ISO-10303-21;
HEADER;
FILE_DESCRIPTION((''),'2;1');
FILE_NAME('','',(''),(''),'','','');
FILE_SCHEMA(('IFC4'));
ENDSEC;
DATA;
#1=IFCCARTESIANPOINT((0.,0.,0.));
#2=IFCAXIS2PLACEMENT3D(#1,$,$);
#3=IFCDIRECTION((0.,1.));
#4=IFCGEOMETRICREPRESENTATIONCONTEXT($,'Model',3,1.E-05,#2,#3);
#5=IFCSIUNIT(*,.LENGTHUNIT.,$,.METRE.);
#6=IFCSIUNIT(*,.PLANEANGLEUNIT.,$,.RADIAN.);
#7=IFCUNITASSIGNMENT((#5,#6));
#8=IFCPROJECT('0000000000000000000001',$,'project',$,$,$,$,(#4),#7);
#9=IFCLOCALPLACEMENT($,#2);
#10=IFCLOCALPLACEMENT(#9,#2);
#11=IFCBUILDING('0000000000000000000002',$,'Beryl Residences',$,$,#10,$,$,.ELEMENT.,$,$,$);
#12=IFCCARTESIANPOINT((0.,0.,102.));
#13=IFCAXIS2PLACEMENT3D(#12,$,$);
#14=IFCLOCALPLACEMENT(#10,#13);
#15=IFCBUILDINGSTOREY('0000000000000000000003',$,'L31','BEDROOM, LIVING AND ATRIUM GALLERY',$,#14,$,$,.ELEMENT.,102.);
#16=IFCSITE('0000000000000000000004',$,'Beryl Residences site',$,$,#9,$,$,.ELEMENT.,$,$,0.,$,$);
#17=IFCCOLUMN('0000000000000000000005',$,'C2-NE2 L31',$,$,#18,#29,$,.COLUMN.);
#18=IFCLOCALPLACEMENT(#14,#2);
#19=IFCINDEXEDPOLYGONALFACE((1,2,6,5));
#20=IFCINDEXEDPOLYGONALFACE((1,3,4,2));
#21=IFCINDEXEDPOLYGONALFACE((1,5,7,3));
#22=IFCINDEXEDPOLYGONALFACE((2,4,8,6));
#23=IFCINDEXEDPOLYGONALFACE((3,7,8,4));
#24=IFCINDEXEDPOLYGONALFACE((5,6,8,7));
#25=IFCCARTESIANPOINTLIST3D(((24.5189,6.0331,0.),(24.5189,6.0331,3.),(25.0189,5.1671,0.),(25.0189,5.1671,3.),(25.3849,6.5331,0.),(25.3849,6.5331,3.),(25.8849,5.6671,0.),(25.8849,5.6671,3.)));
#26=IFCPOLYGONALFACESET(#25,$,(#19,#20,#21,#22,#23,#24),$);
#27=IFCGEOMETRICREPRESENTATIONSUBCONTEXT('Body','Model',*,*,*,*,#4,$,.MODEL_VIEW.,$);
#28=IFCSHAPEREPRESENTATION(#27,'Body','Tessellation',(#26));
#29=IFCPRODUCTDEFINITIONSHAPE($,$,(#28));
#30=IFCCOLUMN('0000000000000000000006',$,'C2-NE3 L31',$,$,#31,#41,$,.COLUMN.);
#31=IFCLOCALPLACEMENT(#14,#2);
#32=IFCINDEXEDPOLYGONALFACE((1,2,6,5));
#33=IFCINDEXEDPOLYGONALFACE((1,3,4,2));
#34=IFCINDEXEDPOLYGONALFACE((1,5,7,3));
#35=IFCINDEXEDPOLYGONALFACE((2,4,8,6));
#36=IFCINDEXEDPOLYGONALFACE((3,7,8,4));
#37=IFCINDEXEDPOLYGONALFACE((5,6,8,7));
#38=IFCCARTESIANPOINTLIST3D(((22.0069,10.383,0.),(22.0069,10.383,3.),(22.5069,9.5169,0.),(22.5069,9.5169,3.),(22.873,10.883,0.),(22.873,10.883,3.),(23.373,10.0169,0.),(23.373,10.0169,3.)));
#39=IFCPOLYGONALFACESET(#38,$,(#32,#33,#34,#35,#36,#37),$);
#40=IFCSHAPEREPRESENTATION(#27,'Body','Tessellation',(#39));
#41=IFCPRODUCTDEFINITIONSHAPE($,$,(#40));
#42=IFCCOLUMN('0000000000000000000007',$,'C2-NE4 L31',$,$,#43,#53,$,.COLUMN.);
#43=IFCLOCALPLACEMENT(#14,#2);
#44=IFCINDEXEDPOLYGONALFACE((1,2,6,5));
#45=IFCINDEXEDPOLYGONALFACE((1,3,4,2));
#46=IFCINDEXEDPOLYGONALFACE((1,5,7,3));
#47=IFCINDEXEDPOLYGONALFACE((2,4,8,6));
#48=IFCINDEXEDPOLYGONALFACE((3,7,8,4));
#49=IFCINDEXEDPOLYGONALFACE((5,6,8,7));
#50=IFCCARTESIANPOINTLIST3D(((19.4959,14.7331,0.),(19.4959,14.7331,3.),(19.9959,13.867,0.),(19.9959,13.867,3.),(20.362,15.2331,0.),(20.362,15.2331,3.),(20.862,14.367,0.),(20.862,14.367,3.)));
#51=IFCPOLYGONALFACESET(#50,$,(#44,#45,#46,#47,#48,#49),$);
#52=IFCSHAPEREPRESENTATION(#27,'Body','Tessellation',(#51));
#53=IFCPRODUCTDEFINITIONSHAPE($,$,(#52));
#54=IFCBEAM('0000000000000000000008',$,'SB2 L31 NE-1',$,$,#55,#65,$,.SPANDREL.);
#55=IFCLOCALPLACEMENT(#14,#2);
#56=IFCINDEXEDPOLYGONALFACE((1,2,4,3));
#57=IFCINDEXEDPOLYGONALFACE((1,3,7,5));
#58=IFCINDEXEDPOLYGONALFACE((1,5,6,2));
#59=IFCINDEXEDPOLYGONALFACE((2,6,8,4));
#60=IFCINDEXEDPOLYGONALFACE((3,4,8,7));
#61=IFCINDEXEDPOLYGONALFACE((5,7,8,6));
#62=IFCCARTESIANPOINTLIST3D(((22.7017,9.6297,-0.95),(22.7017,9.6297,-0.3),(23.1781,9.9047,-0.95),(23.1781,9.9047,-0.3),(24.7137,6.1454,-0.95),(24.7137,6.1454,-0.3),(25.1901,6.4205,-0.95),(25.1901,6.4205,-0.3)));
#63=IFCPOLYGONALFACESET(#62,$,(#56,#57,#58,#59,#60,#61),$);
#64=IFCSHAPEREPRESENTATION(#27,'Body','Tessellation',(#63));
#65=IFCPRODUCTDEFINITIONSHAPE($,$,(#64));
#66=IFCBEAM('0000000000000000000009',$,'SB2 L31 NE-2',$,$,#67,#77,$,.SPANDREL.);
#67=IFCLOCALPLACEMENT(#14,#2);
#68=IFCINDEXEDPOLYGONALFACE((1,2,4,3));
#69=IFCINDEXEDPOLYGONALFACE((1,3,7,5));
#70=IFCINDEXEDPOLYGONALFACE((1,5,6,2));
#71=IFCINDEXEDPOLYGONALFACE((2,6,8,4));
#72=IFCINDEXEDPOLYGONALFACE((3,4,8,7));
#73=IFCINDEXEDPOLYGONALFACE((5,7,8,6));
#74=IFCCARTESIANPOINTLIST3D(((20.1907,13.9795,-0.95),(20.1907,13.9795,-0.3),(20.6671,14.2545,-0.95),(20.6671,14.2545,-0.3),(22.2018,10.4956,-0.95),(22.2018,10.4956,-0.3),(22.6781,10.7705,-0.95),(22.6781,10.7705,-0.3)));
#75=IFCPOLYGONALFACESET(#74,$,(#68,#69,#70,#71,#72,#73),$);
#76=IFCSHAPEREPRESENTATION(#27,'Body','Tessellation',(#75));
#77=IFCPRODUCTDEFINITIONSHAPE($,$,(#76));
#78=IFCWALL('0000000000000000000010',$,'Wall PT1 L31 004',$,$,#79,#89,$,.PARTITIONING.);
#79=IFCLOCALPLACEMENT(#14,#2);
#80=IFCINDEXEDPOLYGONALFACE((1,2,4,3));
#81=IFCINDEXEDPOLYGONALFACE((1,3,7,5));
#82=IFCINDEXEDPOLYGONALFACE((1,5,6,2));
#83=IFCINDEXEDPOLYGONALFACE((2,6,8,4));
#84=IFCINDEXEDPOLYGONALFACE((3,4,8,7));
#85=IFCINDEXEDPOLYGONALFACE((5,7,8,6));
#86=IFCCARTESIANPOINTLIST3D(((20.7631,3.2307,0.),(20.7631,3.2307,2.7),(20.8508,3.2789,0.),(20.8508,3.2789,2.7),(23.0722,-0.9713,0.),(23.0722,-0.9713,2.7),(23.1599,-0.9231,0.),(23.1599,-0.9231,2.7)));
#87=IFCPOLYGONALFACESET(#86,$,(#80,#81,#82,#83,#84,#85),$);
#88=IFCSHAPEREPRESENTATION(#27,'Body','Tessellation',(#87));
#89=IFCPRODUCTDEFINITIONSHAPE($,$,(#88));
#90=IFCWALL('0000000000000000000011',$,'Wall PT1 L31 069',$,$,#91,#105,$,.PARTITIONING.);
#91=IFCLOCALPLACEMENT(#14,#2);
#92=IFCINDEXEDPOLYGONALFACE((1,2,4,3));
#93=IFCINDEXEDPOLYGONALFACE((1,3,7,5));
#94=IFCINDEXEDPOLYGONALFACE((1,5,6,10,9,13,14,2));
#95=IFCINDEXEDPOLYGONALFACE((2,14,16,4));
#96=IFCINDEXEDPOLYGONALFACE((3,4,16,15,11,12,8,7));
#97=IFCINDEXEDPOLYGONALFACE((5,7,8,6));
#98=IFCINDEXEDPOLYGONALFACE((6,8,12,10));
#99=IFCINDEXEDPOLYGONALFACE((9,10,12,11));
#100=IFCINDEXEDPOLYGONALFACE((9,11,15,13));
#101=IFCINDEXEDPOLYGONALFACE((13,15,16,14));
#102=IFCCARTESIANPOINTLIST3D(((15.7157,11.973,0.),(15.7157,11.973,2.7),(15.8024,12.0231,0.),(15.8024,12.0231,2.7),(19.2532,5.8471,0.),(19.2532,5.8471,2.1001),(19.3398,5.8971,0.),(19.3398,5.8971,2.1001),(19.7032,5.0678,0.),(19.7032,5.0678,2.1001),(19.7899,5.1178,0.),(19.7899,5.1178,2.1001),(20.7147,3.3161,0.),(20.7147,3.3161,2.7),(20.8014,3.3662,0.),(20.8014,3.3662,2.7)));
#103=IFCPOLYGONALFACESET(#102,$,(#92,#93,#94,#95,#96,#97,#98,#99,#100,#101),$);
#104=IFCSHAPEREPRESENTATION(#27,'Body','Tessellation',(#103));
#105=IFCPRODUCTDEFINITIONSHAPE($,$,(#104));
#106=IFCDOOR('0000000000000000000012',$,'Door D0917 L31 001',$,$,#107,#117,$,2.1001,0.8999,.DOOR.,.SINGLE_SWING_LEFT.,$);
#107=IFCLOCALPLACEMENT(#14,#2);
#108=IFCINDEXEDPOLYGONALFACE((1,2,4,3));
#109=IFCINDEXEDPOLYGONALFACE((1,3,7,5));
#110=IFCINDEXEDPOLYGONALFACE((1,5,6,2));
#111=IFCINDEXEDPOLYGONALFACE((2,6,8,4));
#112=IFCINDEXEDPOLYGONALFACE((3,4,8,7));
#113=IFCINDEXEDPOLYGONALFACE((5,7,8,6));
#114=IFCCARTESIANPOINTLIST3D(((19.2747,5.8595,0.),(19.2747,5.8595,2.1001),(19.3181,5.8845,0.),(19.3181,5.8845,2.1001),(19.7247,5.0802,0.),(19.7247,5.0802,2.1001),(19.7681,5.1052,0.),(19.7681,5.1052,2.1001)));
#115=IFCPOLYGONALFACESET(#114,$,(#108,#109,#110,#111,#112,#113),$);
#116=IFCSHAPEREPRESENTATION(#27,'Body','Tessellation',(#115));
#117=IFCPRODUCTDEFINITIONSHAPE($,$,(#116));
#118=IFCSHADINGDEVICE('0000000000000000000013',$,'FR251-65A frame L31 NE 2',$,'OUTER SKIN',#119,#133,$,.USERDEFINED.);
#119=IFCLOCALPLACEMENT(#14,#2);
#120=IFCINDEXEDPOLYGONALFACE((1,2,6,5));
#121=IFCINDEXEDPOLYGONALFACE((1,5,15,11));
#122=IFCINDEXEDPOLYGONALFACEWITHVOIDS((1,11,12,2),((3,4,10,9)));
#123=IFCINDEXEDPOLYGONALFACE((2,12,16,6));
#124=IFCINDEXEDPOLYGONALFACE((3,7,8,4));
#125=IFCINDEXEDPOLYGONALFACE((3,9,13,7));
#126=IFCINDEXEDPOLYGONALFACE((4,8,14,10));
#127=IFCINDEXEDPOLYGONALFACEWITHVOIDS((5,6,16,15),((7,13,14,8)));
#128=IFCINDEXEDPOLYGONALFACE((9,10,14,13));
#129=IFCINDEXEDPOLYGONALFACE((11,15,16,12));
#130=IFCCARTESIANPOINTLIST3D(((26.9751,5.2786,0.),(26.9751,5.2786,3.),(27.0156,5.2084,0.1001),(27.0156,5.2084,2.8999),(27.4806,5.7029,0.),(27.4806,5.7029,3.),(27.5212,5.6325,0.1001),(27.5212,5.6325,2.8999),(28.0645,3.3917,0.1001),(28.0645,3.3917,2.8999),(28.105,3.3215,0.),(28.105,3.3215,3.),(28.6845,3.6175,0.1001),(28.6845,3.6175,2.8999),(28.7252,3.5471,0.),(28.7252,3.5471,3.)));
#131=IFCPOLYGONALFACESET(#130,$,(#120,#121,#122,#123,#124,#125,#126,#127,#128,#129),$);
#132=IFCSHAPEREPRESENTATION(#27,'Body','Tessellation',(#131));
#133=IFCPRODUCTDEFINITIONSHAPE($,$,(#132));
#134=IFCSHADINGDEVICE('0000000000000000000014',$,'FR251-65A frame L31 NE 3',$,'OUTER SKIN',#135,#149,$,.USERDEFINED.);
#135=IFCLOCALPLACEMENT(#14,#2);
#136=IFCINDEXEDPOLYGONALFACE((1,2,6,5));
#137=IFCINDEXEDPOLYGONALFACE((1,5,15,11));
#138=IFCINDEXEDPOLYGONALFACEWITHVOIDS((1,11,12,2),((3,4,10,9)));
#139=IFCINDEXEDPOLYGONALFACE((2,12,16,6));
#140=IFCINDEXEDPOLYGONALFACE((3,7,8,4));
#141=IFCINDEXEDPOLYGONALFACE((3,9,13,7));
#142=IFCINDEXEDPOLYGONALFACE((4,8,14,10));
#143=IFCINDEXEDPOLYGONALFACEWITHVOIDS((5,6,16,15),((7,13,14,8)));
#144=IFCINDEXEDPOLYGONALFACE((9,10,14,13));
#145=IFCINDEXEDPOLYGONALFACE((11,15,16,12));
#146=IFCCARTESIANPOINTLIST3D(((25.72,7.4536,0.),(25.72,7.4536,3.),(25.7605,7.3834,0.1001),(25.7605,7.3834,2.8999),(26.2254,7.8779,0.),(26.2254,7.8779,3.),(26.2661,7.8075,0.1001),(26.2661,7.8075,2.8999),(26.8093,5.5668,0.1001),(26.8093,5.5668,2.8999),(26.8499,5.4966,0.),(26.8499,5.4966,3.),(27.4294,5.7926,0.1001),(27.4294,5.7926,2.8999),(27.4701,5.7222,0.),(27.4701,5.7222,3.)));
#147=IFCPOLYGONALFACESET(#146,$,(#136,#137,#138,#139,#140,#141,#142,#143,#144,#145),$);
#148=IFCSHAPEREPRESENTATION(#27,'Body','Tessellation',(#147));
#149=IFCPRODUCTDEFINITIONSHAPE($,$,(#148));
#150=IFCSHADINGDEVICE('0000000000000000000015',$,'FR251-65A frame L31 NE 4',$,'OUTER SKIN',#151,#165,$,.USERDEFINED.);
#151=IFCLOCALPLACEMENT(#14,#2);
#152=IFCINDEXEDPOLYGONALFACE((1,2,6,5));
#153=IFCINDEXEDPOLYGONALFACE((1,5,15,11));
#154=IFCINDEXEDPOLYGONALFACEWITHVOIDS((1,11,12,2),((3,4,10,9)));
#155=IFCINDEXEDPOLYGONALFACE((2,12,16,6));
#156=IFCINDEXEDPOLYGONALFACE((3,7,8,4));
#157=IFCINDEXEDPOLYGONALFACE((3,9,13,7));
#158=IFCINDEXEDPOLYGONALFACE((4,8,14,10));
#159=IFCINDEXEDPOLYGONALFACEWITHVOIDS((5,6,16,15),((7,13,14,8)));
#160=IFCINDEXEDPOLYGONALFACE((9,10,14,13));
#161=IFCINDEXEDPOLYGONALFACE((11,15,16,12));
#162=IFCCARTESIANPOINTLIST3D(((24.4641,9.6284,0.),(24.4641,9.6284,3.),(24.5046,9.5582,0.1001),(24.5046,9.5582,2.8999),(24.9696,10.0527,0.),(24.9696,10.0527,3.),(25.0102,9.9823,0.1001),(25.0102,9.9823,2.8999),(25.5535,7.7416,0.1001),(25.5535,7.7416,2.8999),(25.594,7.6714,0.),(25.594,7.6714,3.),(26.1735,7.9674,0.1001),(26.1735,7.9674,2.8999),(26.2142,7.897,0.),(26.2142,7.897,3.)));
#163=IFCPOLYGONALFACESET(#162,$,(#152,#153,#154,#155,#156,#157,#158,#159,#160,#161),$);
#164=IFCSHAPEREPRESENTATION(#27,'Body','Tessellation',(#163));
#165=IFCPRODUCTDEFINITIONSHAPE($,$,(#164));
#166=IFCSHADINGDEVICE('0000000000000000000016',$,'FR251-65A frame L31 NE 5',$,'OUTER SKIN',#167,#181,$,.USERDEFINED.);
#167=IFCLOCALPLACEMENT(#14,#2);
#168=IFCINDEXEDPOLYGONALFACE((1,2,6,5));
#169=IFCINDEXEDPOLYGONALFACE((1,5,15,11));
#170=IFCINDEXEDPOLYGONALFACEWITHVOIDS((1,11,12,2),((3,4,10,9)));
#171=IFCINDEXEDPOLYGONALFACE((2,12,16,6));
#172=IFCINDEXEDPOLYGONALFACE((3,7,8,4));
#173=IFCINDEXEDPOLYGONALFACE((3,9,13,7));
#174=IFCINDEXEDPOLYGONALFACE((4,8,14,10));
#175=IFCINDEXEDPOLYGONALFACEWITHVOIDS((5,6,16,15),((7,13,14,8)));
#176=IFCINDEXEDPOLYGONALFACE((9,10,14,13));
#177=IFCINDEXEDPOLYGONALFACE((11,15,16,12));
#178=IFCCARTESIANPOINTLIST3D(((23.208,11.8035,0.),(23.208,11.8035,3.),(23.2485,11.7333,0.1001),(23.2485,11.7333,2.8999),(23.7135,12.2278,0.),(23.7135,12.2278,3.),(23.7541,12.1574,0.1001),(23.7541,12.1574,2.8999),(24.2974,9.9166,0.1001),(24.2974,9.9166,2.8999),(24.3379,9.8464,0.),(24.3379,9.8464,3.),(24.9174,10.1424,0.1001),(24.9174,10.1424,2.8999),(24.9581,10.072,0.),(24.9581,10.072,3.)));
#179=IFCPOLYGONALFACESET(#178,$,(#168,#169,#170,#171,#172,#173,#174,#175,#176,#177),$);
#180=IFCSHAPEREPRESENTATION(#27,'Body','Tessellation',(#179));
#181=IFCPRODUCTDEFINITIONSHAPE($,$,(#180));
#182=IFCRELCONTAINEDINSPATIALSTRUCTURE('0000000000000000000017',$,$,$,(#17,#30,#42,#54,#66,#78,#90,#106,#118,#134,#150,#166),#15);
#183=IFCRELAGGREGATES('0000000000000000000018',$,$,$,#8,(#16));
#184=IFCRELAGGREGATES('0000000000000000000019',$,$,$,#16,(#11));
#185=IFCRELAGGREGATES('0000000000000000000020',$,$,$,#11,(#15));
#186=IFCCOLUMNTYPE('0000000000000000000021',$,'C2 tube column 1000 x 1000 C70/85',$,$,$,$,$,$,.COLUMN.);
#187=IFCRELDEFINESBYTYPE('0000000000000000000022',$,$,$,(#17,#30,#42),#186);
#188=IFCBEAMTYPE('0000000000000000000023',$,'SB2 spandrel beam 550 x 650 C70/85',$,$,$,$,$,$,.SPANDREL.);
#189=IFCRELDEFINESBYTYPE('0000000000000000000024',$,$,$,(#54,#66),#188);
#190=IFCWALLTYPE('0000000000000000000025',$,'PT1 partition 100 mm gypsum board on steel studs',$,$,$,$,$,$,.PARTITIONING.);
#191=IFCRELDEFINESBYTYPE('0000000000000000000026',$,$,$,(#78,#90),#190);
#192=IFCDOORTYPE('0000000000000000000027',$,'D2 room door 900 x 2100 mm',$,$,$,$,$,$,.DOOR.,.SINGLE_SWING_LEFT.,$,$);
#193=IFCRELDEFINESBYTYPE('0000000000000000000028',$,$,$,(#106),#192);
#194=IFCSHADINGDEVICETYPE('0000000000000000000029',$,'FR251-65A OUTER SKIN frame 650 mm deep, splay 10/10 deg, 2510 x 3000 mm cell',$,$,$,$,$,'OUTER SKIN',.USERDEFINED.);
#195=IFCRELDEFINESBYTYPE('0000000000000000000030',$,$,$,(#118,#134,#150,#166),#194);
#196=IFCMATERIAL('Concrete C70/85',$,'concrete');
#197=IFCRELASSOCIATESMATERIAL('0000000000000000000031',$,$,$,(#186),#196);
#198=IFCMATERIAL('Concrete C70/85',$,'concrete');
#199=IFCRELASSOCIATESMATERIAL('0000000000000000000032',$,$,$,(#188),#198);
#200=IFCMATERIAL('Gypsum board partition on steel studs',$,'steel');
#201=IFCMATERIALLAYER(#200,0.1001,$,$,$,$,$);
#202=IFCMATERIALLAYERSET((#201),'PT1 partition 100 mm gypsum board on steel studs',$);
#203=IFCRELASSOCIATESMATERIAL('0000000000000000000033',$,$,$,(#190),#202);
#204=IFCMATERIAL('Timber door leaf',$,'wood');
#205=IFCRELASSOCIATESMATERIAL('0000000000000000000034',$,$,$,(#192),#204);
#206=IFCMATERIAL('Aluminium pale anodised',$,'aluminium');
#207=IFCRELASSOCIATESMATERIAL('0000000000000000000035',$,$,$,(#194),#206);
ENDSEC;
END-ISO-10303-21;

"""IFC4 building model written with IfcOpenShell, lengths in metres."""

from ifc_helpers import new_model, entity, si_unit, direction, frame, frame_2d, origin, origin_2d, place, context, subcontext, project, spatial, rectangle, extrude, source, transform, mapped, material, layer, layer_set, material_profile, profile_set, type_object, type_shapes, element, fill, save


model = new_model("IFC4")

# Units and contexts
model_context = context("Model", 3, precision=1e-05, world=origin(), true_north=direction((0.0, 1.0)))
body_context = subcontext(model_context, "Body", "Model", "MODEL_VIEW")
ifc_project = project(units=[si_unit("LENGTHUNIT", "METRE"), si_unit("PLANEANGLEUNIT", "RADIAN")], contexts=[model_context])

# Site, building, storey
site_placement = place(None, origin())
site = spatial("IfcSite", under=ifc_project, at=site_placement, Name="Beryl Residences site", CompositionType="ELEMENT", RefElevation=0.0)
building_placement = place(site_placement, origin())
building = spatial("IfcBuilding", under=site, at=building_placement, Name="Beryl Residences", CompositionType="ELEMENT")
storey_placement = place(building_placement, frame((0.0, 0.0, 102.0)))
storey = spatial("IfcBuildingStorey", under=building, at=storey_placement, Name="L31", Description="BEDROOM, LIVING AND ATRIUM GALLERY", CompositionType="ELEMENT", Elevation=102.0)

# Columns
ifc_material_1 = material(Name="Concrete C70/85", Category="concrete")
ifc_material_profile_1 = material_profile(ifc_material_1, rectangle(XDim=1.0, YDim=1.0, at=origin_2d()))
ifc_profile_set_1 = profile_set([ifc_material_profile_1], Name="Concrete C70/85")
column_type = type_object("IfcColumnType", Name="C2 tube column 1000 x 1000 C70/85", PredefinedType="COLUMN", material=ifc_profile_set_1)
for number, where, z_axis, x_axis, name in (
    (1, (25.2019, 5.8501, 0.0), (0.0, 0.0, 1.0), (-0.5, 0.866025, 0.0), "C2-NE2 L31"),
    (2, (22.6899, 10.2, 0.0), (0.0, 0.0, 1.0), (-0.5, 0.866025, 0.0), "C2-NE3 L31"),
    (3, (20.179, 14.55, 0.0), (0.0, 0.0, 1.0), (-0.5, 0.866025, 0.0), "C2-NE4 L31"),
):
    element("IfcColumn", number, at=place(storey_placement, frame(where, z_axis=z_axis, x_axis=x_axis)), inside=storey, type_object=column_type, Name=name, PredefinedType="COLUMN", context=body_context, shape_type="SweptSolid", body=[
        extrude(rectangle(XDim=1.0, YDim=1.0, at=origin_2d()), origin(), (0.0, 0.0, 1.0), 3.0),
    ])

# Beams
ifc_material_2 = material(Name="Concrete C70/85", Category="concrete")
ifc_material_profile_2 = material_profile(ifc_material_2, rectangle(XDim=0.55, YDim=0.6499, at=origin_2d()))
ifc_profile_set_2 = profile_set([ifc_material_profile_2], Name="Concrete C70/85")
beam_type = type_object("IfcBeamType", Name="SB2 spandrel beam 550 x 650 C70/85", PredefinedType="SPANDREL", material=ifc_profile_set_2)
beam_1_placement = place(storey_placement, frame((24.9519, 6.283, -0.625), z_axis=(-0.500074, 0.865982, 0.0), x_axis=(-0.865982, -0.500074, 0.0)))
element("IfcBeam", 4, at=beam_1_placement, inside=storey, type_object=beam_type, Name="SB2 L31 NE-1", PredefinedType="SPANDREL", context=body_context, shape_type="SweptSolid", body=[
    extrude(rectangle(XDim=0.55, YDim=0.6499, at=origin_2d()), origin(), (0.0, 0.0, 1.0), 4.0234),
])
beam_2_placement = place(storey_placement, frame((22.4399, 10.6331, -0.625), z_axis=(-0.499919, 0.866072, 0.0), x_axis=(-0.866072, -0.499919, 0.0)))
element("IfcBeam", 5, at=beam_2_placement, inside=storey, type_object=beam_type, Name="SB2 L31 NE-2", PredefinedType="SPANDREL", context=body_context, shape_type="SweptSolid", body=[
    extrude(rectangle(XDim=0.55, YDim=0.6499, at=origin_2d()), origin(), (0.0, 0.0, 1.0), 4.0227),
])

# Wall
ifc_material_3 = material(Name="Gypsum board partition on steel studs", Category="steel")
ifc_layer = layer(ifc_material_3, 0.1001)
ifc_layer_set = layer_set([ifc_layer], Name="PT1 partition 100 mm gypsum board on steel studs")
wall_type = type_object("IfcWallType", Name="PT1 partition 100 mm gypsum board on steel studs", PredefinedType="PARTITIONING", material=ifc_layer_set)
wall_1_placement = place(storey_placement, frame((20.8069, 3.2549, 0.0), z_axis=(0.0, 0.0, 1.0), x_axis=(0.481604, -0.876389, 0.0)))
element("IfcWall", 6, at=wall_1_placement, inside=storey, type_object=wall_type, Name="Wall PT1 L31 004", PredefinedType="PARTITIONING", context=body_context, shape_type="SweptSolid", body=[
    extrude(rectangle(XDim=4.7947, YDim=0.1001, at=frame_2d((2.3975, 0.0))), origin(), (0.0, 0.0, 1.0), 2.7),
])

# Wall, opening, door
wall_2_placement = place(storey_placement, frame((15.759, 11.998, 0.0), z_axis=(0.0, 0.0, 1.0), x_axis=(0.500068, -0.865986, 0.0)))
wall_2 = element("IfcWall", 7, at=wall_2_placement, inside=storey, type_object=wall_type, Name="Wall PT1 L31 069", PredefinedType="PARTITIONING", context=body_context, shape_type="SweptSolid", body=[
    extrude(rectangle(XDim=9.9966, YDim=0.1001, at=frame_2d((4.9983, 0.0))), origin(), (0.0, 0.0, 1.0), 2.7),
])
opening_placement = place(wall_2_placement, frame((7.074, 0.0, 0.0)))
opening = element("IfcOpeningElement", 8, at=opening_placement, cuts=wall_2, PredefinedType="OPENING", context=body_context, shape_type="SweptSolid", body=[
    extrude(rectangle(XDim=0.8999, YDim=2.1001, at=frame_2d((0.45, 1.05))), frame((0.0, 0.0601, 0.0), z_axis=(0.0, -1.0, 0.0), x_axis=(1.0, 0.0, 0.0)), (0.0, 0.0, 1.0), 0.1201),
])
ifc_material_4 = material(Name="Timber door leaf", Category="wood")
door_type = type_object("IfcDoorType", Name="D2 room door 900 x 2100 mm", OperationType="SINGLE_SWING_LEFT", PredefinedType="DOOR", material=ifc_material_4)
door_placement = place(opening_placement, origin())
door = element("IfcDoor", 9, at=door_placement, inside=storey, type_object=door_type, Name="Door D0917 L31 001", OperationType="SINGLE_SWING_LEFT", OverallHeight=2.1001, OverallWidth=0.8999, PredefinedType="DOOR", context=body_context, shape_type="SweptSolid", body=[
    extrude(rectangle(XDim=0.8999, YDim=2.1001, at=frame_2d((0.45, 1.05))), frame((0.0, 0.0249, 0.0), z_axis=(0.0, -1.0, 0.0), x_axis=(1.0, 0.0, 0.0)), (0.0, 0.0, 1.0), 0.05),
])
fill(opening, door)

# Shading devices
ifc_material_5 = material(Name="Aluminium pale anodised", Category="aluminium")
shading_device_type = type_object("IfcShadingDeviceType", Name="FR251-65A OUTER SKIN frame 650 mm deep, splay 10/10 deg, 2510 x 3000 mm cell", ElementType="OUTER SKIN", PredefinedType="USERDEFINED", material=ifc_material_5)
cartesian_point_1 = entity("IfcCartesianPoint", [-1.1299, 0.0])
cartesian_point_2 = entity("IfcCartesianPoint", [-1.0488, 0.1001])
cartesian_point_3 = entity("IfcCartesianPoint", [-1.2446, 0.0])
cartesian_point_4 = entity("IfcCartesianPoint", [-1.1633, 0.1001])
shared_shape = source(origin(), body_context, "Body", "SweptSolid", [
    entity("IfcExtrudedAreaSolidTapered", entity("IfcArbitraryProfileDefWithVoids", "AREA", None, entity("IfcPolyline", [cartesian_point_1, entity("IfcCartesianPoint", [1.1299, 0.0]), entity("IfcCartesianPoint", [1.1299, 3.0]), entity("IfcCartesianPoint", [-1.1299, 3.0]), cartesian_point_1]), [entity("IfcPolyline", [cartesian_point_2, entity("IfcCartesianPoint", [1.0488, 0.1001]), entity("IfcCartesianPoint", [1.0488, 2.8999]), entity("IfcCartesianPoint", [-1.0488, 2.8999]), cartesian_point_2])]), entity("IfcAxis2Placement3D", entity("IfcCartesianPoint", [0.0, 0.0, 0.0]), entity("IfcDirection", [0.0, 1.0, 0.0]), entity("IfcDirection", [-1.0, 0.0, 0.0])), entity("IfcDirection", [0.0, 0.0, 1.0]), 0.6499, entity("IfcArbitraryProfileDefWithVoids", "AREA", None, entity("IfcPolyline", [cartesian_point_3, entity("IfcCartesianPoint", [1.2446, 0.0]), entity("IfcCartesianPoint", [1.2446, 3.0]), entity("IfcCartesianPoint", [-1.2446, 3.0]), cartesian_point_3]), [entity("IfcPolyline", [cartesian_point_4, entity("IfcCartesianPoint", [1.1633, 0.1001]), entity("IfcCartesianPoint", [1.1633, 2.8999]), entity("IfcCartesianPoint", [-1.1633, 2.8999]), cartesian_point_4])])),
])
type_shapes(shading_device_type, [shared_shape])
for number, where, z_axis, x_axis, name in (
    (10, (27.54, 4.3, 0.0), (0.0, 0.0, 1.0), (0.5, -0.866025, 0.0), "FR251-65A frame L31 NE 2"),
    (11, (26.2849, 6.4751, 0.0), (0.0, 0.0, 1.0), (0.5, -0.866025, 0.0), "FR251-65A frame L31 NE 3"),
    (12, (25.0291, 8.6499, 0.0), (0.0, 0.0, 1.0), (0.5, -0.866025, 0.0), "FR251-65A frame L31 NE 4"),
    (13, (23.7729, 10.825, 0.0), (0.0, 0.0, 1.0), (0.5, -0.866025, 0.0), "FR251-65A frame L31 NE 5"),
):
    element("IfcShadingDevice", number, at=place(storey_placement, frame(where, z_axis=z_axis, x_axis=x_axis)), inside=storey, type_object=shading_device_type, Name=name, ObjectType="OUTER SKIN", PredefinedType="USERDEFINED", context=body_context, shape_type="MappedRepresentation", body=[
        mapped(shared_shape, transform((0.0, 0.0, 0.0))),
    ])

save(model, "model.ifc")
